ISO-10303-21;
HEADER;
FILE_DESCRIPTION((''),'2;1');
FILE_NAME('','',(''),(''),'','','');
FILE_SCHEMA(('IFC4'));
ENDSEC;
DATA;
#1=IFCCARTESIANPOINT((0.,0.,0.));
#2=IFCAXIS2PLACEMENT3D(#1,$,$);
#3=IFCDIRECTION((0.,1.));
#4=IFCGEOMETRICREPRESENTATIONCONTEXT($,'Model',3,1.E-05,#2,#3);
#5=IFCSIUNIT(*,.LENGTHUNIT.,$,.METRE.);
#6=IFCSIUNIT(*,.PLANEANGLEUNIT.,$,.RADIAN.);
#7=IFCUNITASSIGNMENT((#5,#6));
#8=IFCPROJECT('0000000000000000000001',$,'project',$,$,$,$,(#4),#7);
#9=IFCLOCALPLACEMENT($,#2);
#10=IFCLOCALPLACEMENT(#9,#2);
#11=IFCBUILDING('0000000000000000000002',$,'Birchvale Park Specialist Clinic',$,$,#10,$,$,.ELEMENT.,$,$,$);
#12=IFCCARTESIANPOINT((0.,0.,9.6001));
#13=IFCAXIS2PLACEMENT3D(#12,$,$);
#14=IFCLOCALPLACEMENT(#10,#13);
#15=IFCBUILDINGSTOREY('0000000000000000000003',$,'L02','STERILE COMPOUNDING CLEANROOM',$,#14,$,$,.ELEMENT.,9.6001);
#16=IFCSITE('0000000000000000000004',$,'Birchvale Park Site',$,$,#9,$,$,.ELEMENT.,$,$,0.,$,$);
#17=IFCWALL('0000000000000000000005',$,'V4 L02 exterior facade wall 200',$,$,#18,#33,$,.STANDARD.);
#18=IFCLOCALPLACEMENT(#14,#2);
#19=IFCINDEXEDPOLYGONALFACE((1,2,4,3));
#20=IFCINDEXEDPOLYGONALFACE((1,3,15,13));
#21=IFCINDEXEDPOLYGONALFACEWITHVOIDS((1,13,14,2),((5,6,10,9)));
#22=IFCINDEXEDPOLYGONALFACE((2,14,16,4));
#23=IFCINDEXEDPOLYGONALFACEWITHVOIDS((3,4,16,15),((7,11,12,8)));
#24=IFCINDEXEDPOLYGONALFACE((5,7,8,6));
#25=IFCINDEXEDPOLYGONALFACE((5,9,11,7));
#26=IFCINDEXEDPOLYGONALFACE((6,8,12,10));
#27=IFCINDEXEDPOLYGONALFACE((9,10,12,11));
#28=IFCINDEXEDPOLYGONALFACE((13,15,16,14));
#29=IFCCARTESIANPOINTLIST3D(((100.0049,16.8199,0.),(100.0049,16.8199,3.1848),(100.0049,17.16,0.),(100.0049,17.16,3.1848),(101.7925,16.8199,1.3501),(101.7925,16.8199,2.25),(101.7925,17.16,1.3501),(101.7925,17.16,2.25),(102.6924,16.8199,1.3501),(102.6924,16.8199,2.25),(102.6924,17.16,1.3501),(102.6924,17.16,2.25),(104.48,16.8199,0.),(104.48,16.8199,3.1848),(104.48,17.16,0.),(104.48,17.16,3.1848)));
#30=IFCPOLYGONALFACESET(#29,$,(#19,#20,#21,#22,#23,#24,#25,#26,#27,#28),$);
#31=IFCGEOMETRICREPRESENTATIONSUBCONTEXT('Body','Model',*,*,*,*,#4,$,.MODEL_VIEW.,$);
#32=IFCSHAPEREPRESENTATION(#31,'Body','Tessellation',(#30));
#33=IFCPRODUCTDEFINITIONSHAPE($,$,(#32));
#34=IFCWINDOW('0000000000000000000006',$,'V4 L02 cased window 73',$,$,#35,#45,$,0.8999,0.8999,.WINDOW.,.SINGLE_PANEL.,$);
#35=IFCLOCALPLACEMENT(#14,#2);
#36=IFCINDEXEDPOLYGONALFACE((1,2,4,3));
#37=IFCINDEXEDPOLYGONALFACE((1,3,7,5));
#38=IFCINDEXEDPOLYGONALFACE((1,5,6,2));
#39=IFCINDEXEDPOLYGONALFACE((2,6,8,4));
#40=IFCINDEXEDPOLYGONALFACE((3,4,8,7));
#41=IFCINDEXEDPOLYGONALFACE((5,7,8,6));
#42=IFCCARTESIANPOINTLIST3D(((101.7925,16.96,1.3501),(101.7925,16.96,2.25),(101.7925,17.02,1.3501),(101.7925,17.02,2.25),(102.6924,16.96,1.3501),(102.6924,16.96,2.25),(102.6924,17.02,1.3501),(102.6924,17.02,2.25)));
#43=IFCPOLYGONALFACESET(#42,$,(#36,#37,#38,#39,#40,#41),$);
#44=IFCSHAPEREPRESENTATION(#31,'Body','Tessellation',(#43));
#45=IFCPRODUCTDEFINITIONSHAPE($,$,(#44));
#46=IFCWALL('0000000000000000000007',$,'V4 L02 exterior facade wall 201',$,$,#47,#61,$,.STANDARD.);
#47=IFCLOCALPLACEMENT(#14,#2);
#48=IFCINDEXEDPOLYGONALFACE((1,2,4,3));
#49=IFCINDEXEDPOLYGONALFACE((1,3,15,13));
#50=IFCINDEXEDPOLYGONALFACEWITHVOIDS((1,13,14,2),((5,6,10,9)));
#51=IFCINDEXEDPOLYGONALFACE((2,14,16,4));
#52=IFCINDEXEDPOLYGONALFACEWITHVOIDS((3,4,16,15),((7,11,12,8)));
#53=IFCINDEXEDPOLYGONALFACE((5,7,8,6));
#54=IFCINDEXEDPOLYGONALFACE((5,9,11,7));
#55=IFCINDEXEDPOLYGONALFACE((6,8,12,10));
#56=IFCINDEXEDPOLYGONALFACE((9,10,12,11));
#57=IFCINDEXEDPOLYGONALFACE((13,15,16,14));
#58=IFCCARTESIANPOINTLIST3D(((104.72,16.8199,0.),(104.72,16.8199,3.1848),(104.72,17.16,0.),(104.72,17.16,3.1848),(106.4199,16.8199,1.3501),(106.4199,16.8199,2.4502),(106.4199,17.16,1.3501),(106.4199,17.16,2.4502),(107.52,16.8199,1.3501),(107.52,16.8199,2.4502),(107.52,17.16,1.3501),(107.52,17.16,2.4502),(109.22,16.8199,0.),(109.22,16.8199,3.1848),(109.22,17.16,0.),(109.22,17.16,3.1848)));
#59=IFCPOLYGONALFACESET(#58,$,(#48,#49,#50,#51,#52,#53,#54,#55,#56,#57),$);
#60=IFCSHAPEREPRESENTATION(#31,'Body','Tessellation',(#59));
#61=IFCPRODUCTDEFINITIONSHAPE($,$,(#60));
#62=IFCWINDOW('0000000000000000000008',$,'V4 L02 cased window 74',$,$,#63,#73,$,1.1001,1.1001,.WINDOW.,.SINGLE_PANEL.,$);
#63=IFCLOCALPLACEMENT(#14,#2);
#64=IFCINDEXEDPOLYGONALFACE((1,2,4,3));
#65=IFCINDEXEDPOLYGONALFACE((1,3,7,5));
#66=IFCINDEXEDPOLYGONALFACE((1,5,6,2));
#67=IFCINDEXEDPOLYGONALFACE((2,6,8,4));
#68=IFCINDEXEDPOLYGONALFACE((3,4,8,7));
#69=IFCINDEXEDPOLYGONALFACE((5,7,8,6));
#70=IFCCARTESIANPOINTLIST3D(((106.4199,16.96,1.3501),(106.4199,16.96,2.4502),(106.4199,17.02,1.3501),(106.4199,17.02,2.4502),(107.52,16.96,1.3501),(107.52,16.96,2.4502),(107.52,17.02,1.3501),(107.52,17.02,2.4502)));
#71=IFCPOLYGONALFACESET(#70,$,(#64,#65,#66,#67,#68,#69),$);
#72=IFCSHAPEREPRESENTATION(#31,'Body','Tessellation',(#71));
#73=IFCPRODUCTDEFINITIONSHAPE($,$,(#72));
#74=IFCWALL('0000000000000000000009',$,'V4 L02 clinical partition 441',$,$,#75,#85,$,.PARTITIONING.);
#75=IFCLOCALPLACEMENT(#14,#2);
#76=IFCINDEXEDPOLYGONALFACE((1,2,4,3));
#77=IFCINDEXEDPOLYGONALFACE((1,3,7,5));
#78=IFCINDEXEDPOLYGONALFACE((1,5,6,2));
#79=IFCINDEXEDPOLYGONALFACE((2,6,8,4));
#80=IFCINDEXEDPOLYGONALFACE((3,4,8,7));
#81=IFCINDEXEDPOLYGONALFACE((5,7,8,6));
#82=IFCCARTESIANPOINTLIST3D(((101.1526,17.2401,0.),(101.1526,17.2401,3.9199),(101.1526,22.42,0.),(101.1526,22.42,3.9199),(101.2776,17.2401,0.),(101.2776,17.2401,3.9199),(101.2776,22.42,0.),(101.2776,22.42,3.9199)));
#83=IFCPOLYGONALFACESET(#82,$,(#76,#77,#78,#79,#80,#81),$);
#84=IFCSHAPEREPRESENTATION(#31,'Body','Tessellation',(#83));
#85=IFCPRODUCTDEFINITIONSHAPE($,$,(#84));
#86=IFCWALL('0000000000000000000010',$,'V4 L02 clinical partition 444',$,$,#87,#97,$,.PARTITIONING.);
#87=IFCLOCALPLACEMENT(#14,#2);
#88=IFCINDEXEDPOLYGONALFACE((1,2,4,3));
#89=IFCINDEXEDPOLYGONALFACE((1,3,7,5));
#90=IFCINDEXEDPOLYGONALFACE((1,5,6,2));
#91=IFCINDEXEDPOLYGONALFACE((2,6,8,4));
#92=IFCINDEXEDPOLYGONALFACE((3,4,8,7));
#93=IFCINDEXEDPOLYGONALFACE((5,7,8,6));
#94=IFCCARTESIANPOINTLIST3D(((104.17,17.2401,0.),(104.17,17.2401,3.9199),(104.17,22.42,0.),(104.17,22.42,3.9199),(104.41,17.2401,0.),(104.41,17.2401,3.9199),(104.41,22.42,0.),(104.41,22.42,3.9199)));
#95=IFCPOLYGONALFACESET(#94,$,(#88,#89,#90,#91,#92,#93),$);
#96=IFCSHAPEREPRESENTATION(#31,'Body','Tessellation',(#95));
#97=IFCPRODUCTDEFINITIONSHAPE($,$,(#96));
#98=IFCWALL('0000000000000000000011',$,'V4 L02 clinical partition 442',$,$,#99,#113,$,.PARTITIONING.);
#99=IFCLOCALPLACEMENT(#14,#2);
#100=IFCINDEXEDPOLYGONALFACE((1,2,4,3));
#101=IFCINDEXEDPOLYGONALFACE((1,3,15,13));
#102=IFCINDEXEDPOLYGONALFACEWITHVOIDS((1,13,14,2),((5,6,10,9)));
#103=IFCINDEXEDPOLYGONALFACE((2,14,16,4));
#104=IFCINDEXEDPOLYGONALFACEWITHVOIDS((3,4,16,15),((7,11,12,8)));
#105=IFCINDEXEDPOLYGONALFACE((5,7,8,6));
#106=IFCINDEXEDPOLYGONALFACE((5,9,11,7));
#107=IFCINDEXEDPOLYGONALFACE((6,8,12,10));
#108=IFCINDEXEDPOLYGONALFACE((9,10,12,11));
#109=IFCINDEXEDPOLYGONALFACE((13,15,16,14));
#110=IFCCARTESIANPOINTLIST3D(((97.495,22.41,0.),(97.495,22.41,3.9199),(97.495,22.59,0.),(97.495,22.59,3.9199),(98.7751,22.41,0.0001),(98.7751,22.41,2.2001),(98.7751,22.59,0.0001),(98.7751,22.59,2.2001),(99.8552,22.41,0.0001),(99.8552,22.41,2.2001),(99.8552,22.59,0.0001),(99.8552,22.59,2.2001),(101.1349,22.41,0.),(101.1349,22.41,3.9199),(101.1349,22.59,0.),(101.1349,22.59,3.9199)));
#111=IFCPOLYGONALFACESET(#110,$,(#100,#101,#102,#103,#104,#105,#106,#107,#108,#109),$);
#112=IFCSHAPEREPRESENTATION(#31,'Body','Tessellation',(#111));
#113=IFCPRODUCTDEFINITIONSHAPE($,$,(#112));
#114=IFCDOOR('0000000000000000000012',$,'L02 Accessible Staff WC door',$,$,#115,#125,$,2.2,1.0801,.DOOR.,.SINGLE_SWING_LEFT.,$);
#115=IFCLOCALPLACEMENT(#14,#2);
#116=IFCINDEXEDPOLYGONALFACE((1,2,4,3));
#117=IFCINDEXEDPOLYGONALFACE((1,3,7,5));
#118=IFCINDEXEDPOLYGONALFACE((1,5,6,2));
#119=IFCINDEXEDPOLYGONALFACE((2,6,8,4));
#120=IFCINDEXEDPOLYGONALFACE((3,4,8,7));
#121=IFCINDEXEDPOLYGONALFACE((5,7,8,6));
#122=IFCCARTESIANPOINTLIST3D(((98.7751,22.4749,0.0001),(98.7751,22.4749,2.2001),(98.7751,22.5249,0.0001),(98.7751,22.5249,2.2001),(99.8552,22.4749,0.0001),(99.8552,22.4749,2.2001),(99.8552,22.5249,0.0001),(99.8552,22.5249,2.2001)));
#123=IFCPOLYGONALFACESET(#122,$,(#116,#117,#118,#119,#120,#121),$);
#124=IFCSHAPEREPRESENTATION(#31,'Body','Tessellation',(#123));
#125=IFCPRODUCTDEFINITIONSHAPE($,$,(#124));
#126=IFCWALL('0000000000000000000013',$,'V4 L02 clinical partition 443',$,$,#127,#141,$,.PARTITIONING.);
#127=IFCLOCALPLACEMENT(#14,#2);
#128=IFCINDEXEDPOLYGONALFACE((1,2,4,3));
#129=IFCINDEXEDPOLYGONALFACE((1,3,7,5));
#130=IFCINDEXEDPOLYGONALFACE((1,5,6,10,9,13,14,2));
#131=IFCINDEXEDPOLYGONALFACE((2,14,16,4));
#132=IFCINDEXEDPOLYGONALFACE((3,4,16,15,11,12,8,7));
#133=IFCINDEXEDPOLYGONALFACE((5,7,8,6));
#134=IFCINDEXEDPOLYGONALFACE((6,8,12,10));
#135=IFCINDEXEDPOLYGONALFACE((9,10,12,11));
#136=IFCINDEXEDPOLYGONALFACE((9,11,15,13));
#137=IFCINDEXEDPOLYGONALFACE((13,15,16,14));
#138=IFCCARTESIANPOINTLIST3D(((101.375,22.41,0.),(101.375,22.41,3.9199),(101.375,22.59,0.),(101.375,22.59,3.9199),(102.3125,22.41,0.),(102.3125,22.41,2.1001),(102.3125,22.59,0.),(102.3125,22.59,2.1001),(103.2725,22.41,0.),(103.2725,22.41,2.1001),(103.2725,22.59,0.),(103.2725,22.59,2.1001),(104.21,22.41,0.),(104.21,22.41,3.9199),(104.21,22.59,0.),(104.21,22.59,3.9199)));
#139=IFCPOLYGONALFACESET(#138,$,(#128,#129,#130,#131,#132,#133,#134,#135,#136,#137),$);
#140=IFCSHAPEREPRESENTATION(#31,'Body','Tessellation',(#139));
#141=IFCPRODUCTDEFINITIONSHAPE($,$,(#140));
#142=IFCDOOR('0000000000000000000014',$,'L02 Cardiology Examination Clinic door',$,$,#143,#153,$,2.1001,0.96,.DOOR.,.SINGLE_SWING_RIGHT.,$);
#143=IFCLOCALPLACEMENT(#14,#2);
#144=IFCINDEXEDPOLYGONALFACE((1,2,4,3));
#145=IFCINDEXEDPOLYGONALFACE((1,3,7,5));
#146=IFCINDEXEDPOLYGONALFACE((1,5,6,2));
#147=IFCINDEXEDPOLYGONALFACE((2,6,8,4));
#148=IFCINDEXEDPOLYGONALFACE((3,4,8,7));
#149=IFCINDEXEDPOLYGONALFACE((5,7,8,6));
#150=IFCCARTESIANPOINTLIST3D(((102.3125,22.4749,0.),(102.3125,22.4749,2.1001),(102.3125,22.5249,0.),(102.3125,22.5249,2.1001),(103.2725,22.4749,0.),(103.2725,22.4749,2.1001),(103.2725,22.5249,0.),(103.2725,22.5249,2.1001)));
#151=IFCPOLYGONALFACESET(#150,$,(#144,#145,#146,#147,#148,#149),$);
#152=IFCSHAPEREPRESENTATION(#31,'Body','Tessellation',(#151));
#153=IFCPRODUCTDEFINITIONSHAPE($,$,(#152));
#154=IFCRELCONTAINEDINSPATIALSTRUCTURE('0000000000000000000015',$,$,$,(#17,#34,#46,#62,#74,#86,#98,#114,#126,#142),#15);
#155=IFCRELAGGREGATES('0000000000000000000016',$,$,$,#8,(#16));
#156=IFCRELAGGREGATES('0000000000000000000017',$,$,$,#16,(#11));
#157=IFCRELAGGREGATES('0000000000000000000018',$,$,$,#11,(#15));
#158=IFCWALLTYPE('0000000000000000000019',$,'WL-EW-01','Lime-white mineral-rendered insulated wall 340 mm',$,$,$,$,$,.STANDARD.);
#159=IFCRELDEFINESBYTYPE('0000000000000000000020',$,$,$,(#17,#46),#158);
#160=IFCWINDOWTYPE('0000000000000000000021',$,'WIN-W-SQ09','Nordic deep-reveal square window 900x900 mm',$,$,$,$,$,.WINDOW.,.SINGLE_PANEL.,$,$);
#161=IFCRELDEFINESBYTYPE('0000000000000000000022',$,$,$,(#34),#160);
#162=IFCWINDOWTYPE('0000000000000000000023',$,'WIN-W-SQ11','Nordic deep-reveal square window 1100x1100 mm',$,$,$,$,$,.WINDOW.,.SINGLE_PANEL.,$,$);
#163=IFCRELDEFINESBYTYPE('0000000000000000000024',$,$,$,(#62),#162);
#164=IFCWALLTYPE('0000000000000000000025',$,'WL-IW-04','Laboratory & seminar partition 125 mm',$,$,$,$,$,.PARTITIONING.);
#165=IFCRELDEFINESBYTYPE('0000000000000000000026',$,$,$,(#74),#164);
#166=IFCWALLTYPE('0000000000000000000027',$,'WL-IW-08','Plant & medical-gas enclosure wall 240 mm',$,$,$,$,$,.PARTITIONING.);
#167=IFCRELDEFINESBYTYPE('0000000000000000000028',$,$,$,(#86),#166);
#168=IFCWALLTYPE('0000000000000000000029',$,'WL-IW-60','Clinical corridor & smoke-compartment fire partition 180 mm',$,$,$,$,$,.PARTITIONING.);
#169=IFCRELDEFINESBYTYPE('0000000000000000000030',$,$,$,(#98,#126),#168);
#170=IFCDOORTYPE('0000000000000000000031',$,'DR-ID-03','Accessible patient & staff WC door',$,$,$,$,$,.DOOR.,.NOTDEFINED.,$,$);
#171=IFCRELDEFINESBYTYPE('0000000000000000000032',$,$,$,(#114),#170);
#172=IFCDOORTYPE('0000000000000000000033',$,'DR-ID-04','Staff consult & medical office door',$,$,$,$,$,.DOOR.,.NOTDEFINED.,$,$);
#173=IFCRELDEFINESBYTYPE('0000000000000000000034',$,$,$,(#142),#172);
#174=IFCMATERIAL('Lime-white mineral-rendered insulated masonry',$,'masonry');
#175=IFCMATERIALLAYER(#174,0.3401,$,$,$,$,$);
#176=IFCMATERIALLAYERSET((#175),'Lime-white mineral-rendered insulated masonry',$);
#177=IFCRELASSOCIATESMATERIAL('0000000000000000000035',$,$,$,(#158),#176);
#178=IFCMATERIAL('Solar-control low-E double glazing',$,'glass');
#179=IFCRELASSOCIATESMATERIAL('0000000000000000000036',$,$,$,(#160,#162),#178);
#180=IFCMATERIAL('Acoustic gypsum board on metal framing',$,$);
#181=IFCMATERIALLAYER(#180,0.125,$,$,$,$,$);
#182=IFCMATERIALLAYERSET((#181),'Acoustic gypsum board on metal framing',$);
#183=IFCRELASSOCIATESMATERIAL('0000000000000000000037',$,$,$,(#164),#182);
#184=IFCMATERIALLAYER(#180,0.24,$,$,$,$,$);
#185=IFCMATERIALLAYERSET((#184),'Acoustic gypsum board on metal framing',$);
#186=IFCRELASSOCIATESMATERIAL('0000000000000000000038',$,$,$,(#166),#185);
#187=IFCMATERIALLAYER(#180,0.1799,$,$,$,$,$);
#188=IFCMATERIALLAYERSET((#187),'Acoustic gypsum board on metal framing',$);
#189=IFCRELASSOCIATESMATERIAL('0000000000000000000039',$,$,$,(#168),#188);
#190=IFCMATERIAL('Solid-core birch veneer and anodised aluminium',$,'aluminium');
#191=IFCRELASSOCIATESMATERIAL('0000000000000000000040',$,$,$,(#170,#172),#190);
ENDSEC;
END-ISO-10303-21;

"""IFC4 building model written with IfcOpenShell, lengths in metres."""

from ifc_helpers import new_model, si_unit, direction, frame, frame_2d, origin, place, context, subcontext, project, spatial, rectangle, extrude, material, layer, layer_set, type_object, element, fill, save


model = new_model("IFC4")

# Units and contexts
model_context = context("Model", 3, precision=1e-05, world=origin(), true_north=direction((0.0, 1.0)))
body_context = subcontext(model_context, "Body", "Model", "MODEL_VIEW")
ifc_project = project(units=[si_unit("LENGTHUNIT", "METRE"), si_unit("PLANEANGLEUNIT", "RADIAN")], contexts=[model_context])

# Site, building, storey
site_placement = place(None, origin())
site = spatial("IfcSite", under=ifc_project, at=site_placement, Name="Birchvale Park Site", CompositionType="ELEMENT", RefElevation=0.0)
building_placement = place(site_placement, origin())
building = spatial("IfcBuilding", under=site, at=building_placement, Name="Birchvale Park Specialist Clinic", CompositionType="ELEMENT")
storey_placement = place(building_placement, frame((0.0, 0.0, 9.6001)))
storey = spatial("IfcBuildingStorey", under=building, at=storey_placement, Name="L02", Description="STERILE COMPOUNDING CLEANROOM", CompositionType="ELEMENT", Elevation=9.6001)

# Walls, openings, windows
ifc_material_1 = material(Name="Lime-white mineral-rendered insulated masonry", Category="masonry")
ifc_layer_1 = layer(ifc_material_1, 0.3401)
ifc_layer_set_1 = layer_set([ifc_layer_1], Name="Lime-white mineral-rendered insulated masonry")
wall_type_1 = type_object("IfcWallType", Name="WL-EW-01", Description="Lime-white mineral-rendered insulated wall 340 mm", PredefinedType="STANDARD", material=ifc_layer_set_1)
wall_1_placement = place(storey_placement, frame((100.0049, 16.99, 0.0), z_axis=(0.0, 0.0, 1.0), x_axis=(1.0, 0.0, 0.0)))
wall_1 = element("IfcWall", 1, at=wall_1_placement, inside=storey, type_object=wall_type_1, Name="V4 L02 exterior facade wall 200", PredefinedType="STANDARD", context=body_context, shape_type="SweptSolid", body=[
    extrude(rectangle(XDim=4.4751, YDim=0.3401, at=frame_2d((2.2375, 0.0))), origin(), (0.0, 0.0, 1.0), 3.1848),
])
opening_1_placement = place(wall_1_placement, frame((1.7876, 0.0, 1.3501)))
opening_1 = element("IfcOpeningElement", 2, at=opening_1_placement, cuts=wall_1, PredefinedType="OPENING", context=body_context, shape_type="SweptSolid", body=[
    extrude(rectangle(XDim=0.8999, YDim=0.8999, at=frame_2d((0.45, 0.45))), frame((0.0, 0.1802, 0.0), z_axis=(0.0, -1.0, 0.0), x_axis=(1.0, 0.0, 0.0)), (0.0, 0.0, 1.0), 0.3601),
])
ifc_material_2 = material(Name="Solar-control low-E double glazing", Category="glass")
window_type_1 = type_object("IfcWindowType", Name="WIN-W-SQ09", Description="Nordic deep-reveal square window 900x900 mm", PartitioningType="SINGLE_PANEL", PredefinedType="WINDOW", material=ifc_material_2)
window_1_placement = place(opening_1_placement, origin())
window_1 = element("IfcWindow", 3, at=window_1_placement, inside=storey, type_object=window_type_1, Name="V4 L02 cased window 73", OverallHeight=0.8999, OverallWidth=0.8999, PartitioningType="SINGLE_PANEL", PredefinedType="WINDOW", context=body_context, shape_type="SweptSolid", body=[
    extrude(rectangle(XDim=0.8999, YDim=0.8999, at=frame_2d((0.45, 0.45))), frame((0.0, 0.03, 0.0), z_axis=(0.0, -1.0, 0.0), x_axis=(1.0, 0.0, 0.0)), (0.0, 0.0, 1.0), 0.0601),
])
fill(opening_1, window_1)
wall_2_placement = place(storey_placement, frame((104.72, 16.99, 0.0), z_axis=(0.0, 0.0, 1.0), x_axis=(1.0, 0.0, 0.0)))
wall_2 = element("IfcWall", 4, at=wall_2_placement, inside=storey, type_object=wall_type_1, Name="V4 L02 exterior facade wall 201", PredefinedType="STANDARD", context=body_context, shape_type="SweptSolid", body=[
    extrude(rectangle(XDim=4.5, YDim=0.3401, at=frame_2d((2.25, 0.0))), origin(), (0.0, 0.0, 1.0), 3.1848),
])
opening_2_placement = place(wall_2_placement, frame((1.7, 0.0, 1.3501)))
opening_2 = element("IfcOpeningElement", 5, at=opening_2_placement, cuts=wall_2, PredefinedType="OPENING", context=body_context, shape_type="SweptSolid", body=[
    extrude(rectangle(XDim=1.1001, YDim=1.1001, at=frame_2d((0.55, 0.55))), frame((0.0, 0.1802, 0.0), z_axis=(0.0, -1.0, 0.0), x_axis=(1.0, 0.0, 0.0)), (0.0, 0.0, 1.0), 0.3601),
])
window_type_2 = type_object("IfcWindowType", Name="WIN-W-SQ11", Description="Nordic deep-reveal square window 1100x1100 mm", PartitioningType="SINGLE_PANEL", PredefinedType="WINDOW", material=ifc_material_2)
window_2_placement = place(opening_2_placement, origin())
window_2 = element("IfcWindow", 6, at=window_2_placement, inside=storey, type_object=window_type_2, Name="V4 L02 cased window 74", OverallHeight=1.1001, OverallWidth=1.1001, PartitioningType="SINGLE_PANEL", PredefinedType="WINDOW", context=body_context, shape_type="SweptSolid", body=[
    extrude(rectangle(XDim=1.1001, YDim=1.1001, at=frame_2d((0.55, 0.55))), frame((0.0, 0.03, 0.0), z_axis=(0.0, -1.0, 0.0), x_axis=(1.0, 0.0, 0.0)), (0.0, 0.0, 1.0), 0.0601),
])
fill(opening_2, window_2)

# Walls
ifc_material_3 = material(Name="Acoustic gypsum board on metal framing")
ifc_layer_2 = layer(ifc_material_3, 0.125)
ifc_layer_set_2 = layer_set([ifc_layer_2], Name="Acoustic gypsum board on metal framing")
wall_type_2 = type_object("IfcWallType", Name="WL-IW-04", Description="Laboratory & seminar partition 125 mm", PredefinedType="PARTITIONING", material=ifc_layer_set_2)
wall_3_placement = place(storey_placement, frame((101.2151, 22.4199, 0.0), z_axis=(0.0, 0.0, 1.0), x_axis=(0.0, -1.0, 0.0)))
element("IfcWall", 7, at=wall_3_placement, inside=storey, type_object=wall_type_2, Name="V4 L02 clinical partition 441", PredefinedType="PARTITIONING", context=body_context, shape_type="SweptSolid", body=[
    extrude(rectangle(XDim=5.1799, YDim=0.125, at=frame_2d((2.5898, 0.0))), origin(), (0.0, 0.0, 1.0), 3.9199),
])
ifc_layer_3 = layer(ifc_material_3, 0.24)
ifc_layer_set_3 = layer_set([ifc_layer_3], Name="Acoustic gypsum board on metal framing")
wall_type_3 = type_object("IfcWallType", Name="WL-IW-08", Description="Plant & medical-gas enclosure wall 240 mm", PredefinedType="PARTITIONING", material=ifc_layer_set_3)
wall_4_placement = place(storey_placement, frame((104.29, 22.4199, 0.0), z_axis=(0.0, 0.0, 1.0), x_axis=(0.0, -1.0, 0.0)))
element("IfcWall", 8, at=wall_4_placement, inside=storey, type_object=wall_type_3, Name="V4 L02 clinical partition 444", PredefinedType="PARTITIONING", context=body_context, shape_type="SweptSolid", body=[
    extrude(rectangle(XDim=5.1799, YDim=0.24, at=frame_2d((2.5898, 0.0))), origin(), (0.0, 0.0, 1.0), 3.9199),
])

# Walls, openings, doors
ifc_layer_4 = layer(ifc_material_3, 0.1799)
ifc_layer_set_4 = layer_set([ifc_layer_4], Name="Acoustic gypsum board on metal framing")
wall_type_4 = type_object("IfcWallType", Name="WL-IW-60", Description="Clinical corridor & smoke-compartment fire partition 180 mm", PredefinedType="PARTITIONING", material=ifc_layer_set_4)
wall_5_placement = place(storey_placement, frame((97.4951, 22.5, 0.0), z_axis=(0.0, 0.0, 1.0), x_axis=(1.0, 0.0, 0.0)))
wall_5 = element("IfcWall", 9, at=wall_5_placement, inside=storey, type_object=wall_type_4, Name="V4 L02 clinical partition 442", PredefinedType="PARTITIONING", context=body_context, shape_type="SweptSolid", body=[
    extrude(rectangle(XDim=3.6399, YDim=0.1799, at=frame_2d((1.8198, 0.0))), origin(), (0.0, 0.0, 1.0), 3.9199),
])
opening_3_placement = place(wall_5_placement, frame((1.28, 0.0, 0.0)))
opening_3 = element("IfcOpeningElement", 10, at=opening_3_placement, cuts=wall_5, PredefinedType="OPENING", context=body_context, shape_type="SweptSolid", body=[
    extrude(rectangle(XDim=1.0801, YDim=2.2, at=frame_2d((0.54, 1.1001))), frame((0.0, 0.1001, 0.0), z_axis=(0.0, -1.0, 0.0), x_axis=(1.0, 0.0, 0.0)), (0.0, 0.0, 1.0), 0.2),
])
ifc_material_4 = material(Name="Solid-core birch veneer and anodised aluminium", Category="aluminium")
door_type_1 = type_object("IfcDoorType", Name="DR-ID-03", Description="Accessible patient & staff WC door", OperationType="NOTDEFINED", PredefinedType="DOOR", material=ifc_material_4)
door_1_placement = place(opening_3_placement, origin())
door_1 = element("IfcDoor", 11, at=door_1_placement, inside=storey, type_object=door_type_1, Name="L02 Accessible Staff WC door", OperationType="SINGLE_SWING_LEFT", OverallHeight=2.2, OverallWidth=1.0801, PredefinedType="DOOR", context=body_context, shape_type="SweptSolid", body=[
    extrude(rectangle(XDim=1.0801, YDim=2.2, at=frame_2d((0.54, 1.1001))), frame((0.0, 0.0249, 0.0), z_axis=(0.0, -1.0, 0.0), x_axis=(1.0, 0.0, 0.0)), (0.0, 0.0, 1.0), 0.05),
])
fill(opening_3, door_1)
wall_6_placement = place(storey_placement, frame((101.375, 22.5, 0.0), z_axis=(0.0, 0.0, 1.0), x_axis=(1.0, 0.0, 0.0)))
wall_6 = element("IfcWall", 12, at=wall_6_placement, inside=storey, type_object=wall_type_4, Name="V4 L02 clinical partition 443", PredefinedType="PARTITIONING", context=body_context, shape_type="SweptSolid", body=[
    extrude(rectangle(XDim=2.835, YDim=0.1799, at=frame_2d((1.4175, 0.0))), origin(), (0.0, 0.0, 1.0), 3.9199),
])
opening_4_placement = place(wall_6_placement, frame((0.9375, 0.0, 0.0)))
opening_4 = element("IfcOpeningElement", 13, at=opening_4_placement, cuts=wall_6, PredefinedType="OPENING", context=body_context, shape_type="SweptSolid", body=[
    extrude(rectangle(XDim=0.96, YDim=2.1001, at=frame_2d((0.48, 1.05))), frame((0.0, 0.1001, 0.0), z_axis=(0.0, -1.0, 0.0), x_axis=(1.0, 0.0, 0.0)), (0.0, 0.0, 1.0), 0.2),
])
door_type_2 = type_object("IfcDoorType", Name="DR-ID-04", Description="Staff consult & medical office door", OperationType="NOTDEFINED", PredefinedType="DOOR", material=ifc_material_4)
door_2_placement = place(opening_4_placement, origin())
door_2 = element("IfcDoor", 14, at=door_2_placement, inside=storey, type_object=door_type_2, Name="L02 Cardiology Examination Clinic door", OperationType="SINGLE_SWING_RIGHT", OverallHeight=2.1001, OverallWidth=0.96, PredefinedType="DOOR", context=body_context, shape_type="SweptSolid", body=[
    extrude(rectangle(XDim=0.96, YDim=2.1001, at=frame_2d((0.48, 1.05))), frame((0.0, 0.0249, 0.0), z_axis=(0.0, -1.0, 0.0), x_axis=(1.0, 0.0, 0.0)), (0.0, 0.0, 1.0), 0.05),
])
fill(opening_4, door_2)

save(model, "model.ifc")
